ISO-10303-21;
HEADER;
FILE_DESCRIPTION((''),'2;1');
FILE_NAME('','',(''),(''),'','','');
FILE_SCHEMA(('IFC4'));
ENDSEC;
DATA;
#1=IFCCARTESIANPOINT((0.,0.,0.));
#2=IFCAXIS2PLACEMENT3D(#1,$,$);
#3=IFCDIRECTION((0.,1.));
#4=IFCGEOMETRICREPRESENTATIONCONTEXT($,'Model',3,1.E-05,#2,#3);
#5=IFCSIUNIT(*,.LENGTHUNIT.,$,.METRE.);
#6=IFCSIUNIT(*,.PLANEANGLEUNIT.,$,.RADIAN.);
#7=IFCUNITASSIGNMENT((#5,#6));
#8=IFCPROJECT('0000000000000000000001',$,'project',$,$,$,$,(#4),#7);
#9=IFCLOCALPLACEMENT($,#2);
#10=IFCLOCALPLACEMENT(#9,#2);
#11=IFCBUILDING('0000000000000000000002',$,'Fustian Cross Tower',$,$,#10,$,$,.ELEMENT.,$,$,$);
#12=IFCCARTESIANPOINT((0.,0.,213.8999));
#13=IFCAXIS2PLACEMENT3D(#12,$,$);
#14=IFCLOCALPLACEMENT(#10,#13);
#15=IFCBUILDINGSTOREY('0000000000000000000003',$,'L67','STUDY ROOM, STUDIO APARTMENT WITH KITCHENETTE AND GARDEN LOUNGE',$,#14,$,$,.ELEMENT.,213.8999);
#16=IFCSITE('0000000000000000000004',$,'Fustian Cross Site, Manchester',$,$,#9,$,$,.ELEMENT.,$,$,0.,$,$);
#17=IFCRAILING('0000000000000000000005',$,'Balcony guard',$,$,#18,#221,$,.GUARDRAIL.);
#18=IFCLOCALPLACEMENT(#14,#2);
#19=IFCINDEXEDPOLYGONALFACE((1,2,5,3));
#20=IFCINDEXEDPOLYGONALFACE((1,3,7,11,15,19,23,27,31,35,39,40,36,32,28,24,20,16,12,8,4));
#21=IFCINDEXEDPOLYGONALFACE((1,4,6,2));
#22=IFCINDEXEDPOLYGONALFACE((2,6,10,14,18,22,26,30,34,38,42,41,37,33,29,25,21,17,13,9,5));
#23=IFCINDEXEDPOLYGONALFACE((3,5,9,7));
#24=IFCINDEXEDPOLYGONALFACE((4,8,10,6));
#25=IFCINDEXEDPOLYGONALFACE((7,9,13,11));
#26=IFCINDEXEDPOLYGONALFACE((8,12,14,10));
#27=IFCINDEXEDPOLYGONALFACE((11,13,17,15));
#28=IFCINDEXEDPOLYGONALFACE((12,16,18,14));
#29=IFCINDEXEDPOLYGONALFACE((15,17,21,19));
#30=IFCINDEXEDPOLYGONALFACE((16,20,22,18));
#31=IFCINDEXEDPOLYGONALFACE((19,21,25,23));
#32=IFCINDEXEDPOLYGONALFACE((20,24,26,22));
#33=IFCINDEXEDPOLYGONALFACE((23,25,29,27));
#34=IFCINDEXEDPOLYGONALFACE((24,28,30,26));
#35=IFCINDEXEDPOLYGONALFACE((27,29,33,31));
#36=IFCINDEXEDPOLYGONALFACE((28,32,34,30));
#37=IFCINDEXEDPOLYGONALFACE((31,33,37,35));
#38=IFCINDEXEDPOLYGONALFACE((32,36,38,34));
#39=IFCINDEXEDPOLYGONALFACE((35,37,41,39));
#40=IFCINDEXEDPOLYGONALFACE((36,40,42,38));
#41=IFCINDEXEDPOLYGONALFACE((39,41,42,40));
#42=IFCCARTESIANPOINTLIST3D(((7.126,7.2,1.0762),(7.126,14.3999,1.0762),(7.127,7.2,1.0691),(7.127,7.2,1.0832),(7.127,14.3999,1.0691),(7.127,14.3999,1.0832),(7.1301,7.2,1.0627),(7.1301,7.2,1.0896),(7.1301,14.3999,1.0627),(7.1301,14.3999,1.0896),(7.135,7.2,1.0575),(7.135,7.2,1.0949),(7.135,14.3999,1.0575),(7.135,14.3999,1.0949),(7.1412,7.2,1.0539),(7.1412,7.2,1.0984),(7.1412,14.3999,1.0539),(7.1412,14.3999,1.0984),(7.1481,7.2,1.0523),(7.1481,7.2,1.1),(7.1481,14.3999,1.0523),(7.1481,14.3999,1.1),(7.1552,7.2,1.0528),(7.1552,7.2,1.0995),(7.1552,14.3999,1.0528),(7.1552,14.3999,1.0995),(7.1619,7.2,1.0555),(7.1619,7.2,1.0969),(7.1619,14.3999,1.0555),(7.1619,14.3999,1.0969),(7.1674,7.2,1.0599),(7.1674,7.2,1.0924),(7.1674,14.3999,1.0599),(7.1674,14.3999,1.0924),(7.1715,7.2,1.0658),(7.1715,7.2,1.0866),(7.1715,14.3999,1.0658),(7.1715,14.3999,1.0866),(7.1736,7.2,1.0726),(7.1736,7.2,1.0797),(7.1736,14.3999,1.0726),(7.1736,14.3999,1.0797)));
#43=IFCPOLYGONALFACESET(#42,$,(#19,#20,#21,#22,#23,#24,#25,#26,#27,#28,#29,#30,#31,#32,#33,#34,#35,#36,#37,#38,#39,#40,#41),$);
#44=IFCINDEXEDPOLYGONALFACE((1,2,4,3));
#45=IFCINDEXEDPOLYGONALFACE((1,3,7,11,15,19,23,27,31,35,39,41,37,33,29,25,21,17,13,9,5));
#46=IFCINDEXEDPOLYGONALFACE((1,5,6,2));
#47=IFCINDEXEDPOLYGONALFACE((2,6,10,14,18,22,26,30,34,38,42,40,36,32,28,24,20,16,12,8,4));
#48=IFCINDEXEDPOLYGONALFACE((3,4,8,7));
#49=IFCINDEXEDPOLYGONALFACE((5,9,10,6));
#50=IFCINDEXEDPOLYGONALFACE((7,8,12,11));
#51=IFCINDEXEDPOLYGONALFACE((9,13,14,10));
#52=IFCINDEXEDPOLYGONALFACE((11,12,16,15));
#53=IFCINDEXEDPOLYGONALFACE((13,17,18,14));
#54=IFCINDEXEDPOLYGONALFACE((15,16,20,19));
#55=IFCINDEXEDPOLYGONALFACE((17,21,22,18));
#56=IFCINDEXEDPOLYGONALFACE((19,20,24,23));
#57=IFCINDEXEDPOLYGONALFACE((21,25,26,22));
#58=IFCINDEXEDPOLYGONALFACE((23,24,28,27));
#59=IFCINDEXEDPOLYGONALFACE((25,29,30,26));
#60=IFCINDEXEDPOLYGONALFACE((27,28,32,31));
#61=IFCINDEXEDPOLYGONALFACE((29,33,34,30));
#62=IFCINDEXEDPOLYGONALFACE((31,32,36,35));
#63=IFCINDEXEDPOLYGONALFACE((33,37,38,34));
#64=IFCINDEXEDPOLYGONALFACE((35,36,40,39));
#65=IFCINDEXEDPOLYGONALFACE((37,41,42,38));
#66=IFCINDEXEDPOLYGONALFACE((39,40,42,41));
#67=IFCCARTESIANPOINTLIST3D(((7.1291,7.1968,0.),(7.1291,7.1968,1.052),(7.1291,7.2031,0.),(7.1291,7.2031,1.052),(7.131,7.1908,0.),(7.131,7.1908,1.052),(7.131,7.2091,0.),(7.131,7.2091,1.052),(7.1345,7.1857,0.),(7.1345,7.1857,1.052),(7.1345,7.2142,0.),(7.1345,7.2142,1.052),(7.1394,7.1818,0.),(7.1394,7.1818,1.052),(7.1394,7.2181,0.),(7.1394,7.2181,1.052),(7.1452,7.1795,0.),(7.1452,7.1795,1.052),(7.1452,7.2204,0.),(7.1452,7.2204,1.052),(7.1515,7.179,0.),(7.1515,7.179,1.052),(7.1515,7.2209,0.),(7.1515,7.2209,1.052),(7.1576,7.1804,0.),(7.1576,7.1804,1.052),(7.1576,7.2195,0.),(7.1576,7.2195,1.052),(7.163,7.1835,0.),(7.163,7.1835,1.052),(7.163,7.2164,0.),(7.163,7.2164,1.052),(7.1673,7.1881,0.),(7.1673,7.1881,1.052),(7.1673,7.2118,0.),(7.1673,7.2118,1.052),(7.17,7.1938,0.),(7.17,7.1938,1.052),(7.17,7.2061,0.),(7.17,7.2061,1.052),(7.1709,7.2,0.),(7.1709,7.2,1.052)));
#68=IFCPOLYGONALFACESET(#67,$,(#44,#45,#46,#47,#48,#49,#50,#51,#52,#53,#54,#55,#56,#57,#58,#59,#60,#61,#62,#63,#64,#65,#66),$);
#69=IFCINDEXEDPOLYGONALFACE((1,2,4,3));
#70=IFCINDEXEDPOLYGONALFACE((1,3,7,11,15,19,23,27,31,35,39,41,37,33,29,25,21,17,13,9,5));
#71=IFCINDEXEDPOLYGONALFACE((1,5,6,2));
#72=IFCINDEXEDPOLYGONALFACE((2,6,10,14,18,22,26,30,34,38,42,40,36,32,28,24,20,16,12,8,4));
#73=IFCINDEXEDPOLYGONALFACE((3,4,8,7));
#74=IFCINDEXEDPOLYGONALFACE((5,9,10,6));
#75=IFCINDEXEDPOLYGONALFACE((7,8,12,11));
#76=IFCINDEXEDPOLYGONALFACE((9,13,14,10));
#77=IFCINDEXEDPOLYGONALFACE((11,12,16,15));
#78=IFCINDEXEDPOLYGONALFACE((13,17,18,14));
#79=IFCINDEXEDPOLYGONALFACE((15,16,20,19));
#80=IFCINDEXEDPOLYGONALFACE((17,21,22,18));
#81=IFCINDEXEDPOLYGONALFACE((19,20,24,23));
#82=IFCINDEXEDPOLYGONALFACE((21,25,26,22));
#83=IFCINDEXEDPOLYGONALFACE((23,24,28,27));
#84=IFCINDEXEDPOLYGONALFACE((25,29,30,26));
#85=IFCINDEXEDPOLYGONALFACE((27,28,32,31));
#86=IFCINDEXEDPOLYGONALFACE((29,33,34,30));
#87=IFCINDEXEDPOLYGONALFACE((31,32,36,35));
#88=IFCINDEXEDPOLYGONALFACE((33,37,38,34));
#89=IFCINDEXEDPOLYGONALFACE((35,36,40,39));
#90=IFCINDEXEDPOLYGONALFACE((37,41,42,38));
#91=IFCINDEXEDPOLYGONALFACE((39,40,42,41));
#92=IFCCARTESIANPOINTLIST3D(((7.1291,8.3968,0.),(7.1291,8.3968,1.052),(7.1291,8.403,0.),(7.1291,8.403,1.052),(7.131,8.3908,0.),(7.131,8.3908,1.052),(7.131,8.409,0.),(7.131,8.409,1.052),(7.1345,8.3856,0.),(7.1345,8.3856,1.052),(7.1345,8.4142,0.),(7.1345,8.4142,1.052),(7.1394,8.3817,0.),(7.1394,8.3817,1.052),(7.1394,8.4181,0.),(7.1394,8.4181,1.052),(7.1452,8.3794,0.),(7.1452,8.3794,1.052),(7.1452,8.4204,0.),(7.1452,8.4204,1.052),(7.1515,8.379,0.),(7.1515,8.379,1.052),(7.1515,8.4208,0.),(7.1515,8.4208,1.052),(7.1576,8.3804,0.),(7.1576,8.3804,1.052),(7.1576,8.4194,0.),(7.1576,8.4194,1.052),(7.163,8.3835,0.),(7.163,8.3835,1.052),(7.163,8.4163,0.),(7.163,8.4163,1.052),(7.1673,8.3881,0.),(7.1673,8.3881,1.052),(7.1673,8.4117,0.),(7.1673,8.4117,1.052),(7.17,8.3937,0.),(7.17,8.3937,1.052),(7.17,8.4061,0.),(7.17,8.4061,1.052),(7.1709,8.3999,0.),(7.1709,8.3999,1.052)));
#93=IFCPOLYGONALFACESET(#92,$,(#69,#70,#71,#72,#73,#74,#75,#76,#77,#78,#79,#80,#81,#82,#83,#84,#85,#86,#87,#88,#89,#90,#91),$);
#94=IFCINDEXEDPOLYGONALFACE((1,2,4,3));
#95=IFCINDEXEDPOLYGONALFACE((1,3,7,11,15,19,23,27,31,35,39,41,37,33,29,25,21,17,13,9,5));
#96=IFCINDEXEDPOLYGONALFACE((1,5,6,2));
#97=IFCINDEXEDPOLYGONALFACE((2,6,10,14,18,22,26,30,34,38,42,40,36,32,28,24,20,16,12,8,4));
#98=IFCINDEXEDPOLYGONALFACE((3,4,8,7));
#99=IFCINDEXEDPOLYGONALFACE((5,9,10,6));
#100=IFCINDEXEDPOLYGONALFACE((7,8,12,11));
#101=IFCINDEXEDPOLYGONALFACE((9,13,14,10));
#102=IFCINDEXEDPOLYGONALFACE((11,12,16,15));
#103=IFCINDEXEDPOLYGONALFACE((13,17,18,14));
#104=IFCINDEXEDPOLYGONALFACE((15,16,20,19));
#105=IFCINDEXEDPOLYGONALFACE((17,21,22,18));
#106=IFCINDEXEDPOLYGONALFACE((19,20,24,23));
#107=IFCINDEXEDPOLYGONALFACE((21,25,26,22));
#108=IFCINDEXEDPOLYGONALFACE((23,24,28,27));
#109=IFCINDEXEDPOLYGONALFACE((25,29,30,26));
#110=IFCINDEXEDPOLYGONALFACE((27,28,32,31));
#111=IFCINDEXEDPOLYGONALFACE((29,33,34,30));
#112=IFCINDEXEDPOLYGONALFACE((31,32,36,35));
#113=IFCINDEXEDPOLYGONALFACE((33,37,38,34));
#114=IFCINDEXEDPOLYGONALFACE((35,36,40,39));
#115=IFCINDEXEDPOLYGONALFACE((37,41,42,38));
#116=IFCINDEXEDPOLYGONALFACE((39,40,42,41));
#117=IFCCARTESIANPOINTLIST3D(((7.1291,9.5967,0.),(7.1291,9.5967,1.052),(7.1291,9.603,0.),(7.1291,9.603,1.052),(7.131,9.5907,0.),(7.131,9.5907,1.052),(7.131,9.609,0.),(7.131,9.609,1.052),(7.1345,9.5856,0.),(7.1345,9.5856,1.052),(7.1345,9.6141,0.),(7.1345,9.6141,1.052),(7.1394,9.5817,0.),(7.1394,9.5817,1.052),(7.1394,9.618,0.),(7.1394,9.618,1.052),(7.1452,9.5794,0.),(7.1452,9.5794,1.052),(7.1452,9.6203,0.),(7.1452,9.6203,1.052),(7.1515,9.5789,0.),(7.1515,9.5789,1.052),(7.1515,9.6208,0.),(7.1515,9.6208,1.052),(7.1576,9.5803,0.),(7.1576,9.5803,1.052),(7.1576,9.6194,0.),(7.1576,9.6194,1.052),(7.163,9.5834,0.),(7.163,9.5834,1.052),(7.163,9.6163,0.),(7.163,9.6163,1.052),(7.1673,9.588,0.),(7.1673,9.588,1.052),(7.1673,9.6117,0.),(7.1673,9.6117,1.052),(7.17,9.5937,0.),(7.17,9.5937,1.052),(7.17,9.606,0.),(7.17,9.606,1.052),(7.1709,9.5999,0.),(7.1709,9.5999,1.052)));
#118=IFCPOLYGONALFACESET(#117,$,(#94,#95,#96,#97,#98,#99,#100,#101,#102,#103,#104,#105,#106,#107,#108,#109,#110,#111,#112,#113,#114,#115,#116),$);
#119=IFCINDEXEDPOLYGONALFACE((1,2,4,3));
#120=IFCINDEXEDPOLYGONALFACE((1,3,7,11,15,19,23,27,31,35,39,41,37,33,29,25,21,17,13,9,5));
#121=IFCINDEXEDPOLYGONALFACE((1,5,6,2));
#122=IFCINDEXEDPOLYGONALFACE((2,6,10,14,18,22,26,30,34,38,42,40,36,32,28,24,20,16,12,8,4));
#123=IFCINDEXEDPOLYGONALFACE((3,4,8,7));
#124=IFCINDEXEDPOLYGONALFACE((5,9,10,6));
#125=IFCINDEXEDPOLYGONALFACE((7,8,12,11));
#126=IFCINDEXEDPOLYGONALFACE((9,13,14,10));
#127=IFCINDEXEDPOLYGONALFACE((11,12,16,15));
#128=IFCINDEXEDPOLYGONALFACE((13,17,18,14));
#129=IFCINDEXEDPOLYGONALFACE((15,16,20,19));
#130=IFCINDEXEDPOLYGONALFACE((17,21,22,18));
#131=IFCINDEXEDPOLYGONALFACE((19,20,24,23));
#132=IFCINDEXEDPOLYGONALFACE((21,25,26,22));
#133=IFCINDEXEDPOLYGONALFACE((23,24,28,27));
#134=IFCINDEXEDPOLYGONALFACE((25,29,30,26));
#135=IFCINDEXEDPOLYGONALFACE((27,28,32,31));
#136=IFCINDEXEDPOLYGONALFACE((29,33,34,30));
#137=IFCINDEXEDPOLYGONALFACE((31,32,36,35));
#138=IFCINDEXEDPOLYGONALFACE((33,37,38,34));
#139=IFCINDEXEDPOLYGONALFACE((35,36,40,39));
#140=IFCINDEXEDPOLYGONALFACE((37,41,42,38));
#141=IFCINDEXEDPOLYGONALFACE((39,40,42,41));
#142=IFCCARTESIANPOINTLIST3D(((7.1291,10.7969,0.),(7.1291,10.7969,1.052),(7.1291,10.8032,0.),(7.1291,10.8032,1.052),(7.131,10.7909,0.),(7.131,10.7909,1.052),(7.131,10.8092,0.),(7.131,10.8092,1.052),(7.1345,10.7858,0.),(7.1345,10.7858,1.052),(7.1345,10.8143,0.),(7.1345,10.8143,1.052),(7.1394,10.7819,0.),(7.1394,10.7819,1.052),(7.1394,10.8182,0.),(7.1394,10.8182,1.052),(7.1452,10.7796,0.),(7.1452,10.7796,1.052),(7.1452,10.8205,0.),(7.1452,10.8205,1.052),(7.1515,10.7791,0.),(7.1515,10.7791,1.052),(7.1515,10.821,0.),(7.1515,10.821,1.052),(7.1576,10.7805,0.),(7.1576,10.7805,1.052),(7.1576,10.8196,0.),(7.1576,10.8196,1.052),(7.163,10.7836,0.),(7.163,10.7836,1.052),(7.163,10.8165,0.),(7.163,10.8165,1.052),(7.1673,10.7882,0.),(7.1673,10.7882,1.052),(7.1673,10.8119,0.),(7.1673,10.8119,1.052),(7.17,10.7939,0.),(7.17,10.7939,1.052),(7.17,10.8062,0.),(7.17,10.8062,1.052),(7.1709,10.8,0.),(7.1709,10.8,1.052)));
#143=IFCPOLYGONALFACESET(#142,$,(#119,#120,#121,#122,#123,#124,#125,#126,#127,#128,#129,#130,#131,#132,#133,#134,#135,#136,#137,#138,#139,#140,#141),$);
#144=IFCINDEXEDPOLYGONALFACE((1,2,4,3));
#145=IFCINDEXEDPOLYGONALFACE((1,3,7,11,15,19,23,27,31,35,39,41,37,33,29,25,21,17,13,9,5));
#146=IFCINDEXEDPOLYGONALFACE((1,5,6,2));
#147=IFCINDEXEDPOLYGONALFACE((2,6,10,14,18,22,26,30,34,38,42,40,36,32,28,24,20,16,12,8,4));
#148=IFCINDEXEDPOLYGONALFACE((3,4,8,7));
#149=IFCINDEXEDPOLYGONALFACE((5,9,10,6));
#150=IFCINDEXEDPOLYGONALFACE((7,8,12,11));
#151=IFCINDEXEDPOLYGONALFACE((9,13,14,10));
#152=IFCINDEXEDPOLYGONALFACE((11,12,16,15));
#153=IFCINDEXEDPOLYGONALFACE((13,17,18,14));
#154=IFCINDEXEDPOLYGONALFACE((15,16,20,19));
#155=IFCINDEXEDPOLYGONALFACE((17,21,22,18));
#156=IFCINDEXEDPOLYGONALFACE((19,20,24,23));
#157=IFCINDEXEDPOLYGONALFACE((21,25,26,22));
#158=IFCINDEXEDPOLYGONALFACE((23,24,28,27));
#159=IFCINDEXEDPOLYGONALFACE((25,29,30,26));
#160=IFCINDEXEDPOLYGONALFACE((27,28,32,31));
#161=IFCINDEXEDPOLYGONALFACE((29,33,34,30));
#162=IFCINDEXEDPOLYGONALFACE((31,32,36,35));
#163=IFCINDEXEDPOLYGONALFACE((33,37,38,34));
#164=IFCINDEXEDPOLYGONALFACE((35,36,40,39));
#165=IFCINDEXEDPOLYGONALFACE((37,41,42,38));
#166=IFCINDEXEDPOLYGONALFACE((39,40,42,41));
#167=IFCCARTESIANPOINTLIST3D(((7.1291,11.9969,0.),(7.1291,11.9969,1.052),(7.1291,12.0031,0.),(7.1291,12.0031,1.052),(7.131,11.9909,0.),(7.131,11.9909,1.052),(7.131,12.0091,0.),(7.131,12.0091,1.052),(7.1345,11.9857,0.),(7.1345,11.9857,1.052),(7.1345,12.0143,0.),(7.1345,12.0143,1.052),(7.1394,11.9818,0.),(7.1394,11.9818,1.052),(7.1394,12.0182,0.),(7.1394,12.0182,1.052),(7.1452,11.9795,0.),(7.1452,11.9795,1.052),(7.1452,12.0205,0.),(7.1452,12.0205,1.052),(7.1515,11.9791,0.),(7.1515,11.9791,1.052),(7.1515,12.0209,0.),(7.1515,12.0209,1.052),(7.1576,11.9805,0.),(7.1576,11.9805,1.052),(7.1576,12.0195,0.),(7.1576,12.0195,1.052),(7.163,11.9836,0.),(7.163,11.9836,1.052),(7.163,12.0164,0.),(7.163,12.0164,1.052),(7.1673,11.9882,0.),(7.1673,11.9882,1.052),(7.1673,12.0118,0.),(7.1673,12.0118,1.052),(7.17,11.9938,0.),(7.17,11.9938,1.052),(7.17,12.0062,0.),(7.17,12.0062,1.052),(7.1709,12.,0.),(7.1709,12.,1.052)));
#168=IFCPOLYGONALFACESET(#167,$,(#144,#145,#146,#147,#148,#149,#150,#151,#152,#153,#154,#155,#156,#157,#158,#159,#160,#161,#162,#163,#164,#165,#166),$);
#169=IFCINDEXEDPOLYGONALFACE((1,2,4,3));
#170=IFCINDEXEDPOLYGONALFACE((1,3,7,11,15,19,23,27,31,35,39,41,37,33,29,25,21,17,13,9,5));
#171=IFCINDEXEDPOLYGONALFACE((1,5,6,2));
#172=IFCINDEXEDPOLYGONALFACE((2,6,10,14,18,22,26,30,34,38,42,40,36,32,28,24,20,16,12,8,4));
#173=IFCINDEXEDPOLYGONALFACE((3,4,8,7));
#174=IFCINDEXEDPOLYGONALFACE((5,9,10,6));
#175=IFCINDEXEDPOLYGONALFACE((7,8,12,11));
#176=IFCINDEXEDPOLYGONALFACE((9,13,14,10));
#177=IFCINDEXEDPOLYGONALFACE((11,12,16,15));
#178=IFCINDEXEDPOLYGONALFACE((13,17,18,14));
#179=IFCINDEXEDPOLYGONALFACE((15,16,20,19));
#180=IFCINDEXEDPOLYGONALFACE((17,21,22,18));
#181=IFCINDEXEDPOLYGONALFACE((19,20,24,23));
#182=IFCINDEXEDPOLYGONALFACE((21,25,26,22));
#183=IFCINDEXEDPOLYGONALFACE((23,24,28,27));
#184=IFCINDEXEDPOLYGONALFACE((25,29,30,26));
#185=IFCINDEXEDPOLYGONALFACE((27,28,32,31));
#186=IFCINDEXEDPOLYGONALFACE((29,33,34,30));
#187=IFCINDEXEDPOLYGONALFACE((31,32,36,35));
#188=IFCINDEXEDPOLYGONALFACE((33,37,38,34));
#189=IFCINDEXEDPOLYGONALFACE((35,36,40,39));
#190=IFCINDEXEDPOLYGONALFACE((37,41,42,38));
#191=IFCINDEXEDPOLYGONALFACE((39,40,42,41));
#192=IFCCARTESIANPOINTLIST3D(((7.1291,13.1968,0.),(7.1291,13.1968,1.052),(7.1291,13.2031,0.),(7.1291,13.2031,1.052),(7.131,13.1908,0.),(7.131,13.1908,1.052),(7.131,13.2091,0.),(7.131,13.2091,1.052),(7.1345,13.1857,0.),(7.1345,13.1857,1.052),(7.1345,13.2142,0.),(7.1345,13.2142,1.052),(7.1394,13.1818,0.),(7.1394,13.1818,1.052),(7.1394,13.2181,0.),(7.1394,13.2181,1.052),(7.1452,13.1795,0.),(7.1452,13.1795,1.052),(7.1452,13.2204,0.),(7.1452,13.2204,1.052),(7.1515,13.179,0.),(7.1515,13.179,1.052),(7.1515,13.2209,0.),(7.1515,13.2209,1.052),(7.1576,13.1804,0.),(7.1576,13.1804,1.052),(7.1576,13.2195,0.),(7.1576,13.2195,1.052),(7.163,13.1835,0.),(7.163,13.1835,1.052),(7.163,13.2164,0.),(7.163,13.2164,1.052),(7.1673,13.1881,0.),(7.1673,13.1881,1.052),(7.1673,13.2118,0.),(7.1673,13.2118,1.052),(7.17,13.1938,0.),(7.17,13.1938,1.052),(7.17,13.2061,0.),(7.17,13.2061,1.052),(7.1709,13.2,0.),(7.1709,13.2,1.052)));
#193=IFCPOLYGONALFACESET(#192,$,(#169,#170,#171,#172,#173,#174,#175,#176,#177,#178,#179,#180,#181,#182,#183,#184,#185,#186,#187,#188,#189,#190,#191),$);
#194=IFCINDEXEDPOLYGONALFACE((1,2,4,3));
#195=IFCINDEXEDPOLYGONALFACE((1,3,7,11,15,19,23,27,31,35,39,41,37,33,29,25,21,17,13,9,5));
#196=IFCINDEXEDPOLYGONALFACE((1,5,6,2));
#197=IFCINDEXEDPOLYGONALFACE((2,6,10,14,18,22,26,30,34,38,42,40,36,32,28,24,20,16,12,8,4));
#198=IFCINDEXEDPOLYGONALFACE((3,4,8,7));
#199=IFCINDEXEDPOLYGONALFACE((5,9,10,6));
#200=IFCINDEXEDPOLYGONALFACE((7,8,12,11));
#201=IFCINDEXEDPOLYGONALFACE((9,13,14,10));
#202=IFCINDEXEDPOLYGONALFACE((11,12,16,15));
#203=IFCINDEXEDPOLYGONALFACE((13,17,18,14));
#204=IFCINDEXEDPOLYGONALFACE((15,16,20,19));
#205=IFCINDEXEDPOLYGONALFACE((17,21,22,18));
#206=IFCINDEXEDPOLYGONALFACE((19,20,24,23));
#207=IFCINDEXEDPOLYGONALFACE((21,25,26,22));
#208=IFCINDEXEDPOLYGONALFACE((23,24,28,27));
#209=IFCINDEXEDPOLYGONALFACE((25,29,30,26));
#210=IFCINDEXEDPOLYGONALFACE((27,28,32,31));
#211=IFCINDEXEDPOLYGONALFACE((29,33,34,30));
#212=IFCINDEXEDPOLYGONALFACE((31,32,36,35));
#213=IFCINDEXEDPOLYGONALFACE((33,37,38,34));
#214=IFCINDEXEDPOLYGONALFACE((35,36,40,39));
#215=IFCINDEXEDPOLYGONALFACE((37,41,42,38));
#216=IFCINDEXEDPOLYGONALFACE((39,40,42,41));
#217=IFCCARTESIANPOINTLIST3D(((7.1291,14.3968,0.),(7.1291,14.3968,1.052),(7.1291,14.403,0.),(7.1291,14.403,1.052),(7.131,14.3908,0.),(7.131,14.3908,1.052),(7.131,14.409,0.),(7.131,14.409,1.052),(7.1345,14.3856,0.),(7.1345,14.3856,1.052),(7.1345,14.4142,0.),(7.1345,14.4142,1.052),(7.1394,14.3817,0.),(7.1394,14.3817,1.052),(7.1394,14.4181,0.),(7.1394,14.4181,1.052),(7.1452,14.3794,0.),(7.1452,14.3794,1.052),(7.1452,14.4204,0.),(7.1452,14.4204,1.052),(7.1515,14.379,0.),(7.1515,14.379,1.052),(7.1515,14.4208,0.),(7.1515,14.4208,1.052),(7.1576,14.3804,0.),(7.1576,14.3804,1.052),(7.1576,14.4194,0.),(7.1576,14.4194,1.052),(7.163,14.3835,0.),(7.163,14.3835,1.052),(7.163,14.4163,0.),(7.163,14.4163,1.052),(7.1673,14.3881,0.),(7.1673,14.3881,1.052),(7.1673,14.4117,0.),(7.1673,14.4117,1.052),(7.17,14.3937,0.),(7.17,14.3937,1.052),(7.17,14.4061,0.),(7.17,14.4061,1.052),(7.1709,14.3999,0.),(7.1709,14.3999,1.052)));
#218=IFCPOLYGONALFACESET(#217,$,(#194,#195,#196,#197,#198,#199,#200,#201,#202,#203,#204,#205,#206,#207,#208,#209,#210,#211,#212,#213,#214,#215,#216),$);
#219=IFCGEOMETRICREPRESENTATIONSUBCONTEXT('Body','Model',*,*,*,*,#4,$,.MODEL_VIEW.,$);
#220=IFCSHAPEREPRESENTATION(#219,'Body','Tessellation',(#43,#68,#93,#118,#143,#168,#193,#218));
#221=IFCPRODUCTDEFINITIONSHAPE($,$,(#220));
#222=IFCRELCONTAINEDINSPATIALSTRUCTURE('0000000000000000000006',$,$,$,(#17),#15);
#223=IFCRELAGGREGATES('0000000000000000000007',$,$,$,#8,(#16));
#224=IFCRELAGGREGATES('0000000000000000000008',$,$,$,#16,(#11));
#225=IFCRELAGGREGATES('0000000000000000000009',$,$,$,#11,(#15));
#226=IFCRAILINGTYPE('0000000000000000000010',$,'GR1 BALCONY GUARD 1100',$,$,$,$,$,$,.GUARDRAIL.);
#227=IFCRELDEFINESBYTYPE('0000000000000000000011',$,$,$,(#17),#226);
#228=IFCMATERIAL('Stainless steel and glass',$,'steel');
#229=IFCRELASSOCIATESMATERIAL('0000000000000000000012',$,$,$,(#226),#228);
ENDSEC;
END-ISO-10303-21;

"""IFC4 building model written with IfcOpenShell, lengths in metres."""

from ifc_helpers import new_model, si_unit, direction, frame, origin, origin_2d, place, context, subcontext, project, spatial, circle, extrude, material, type_object, element, save


model = new_model("IFC4")

# Units and contexts
model_context = context("Model", 3, precision=1e-05, world=origin(), true_north=direction((0.0, 1.0)))
body_context = subcontext(model_context, "Body", "Model", "MODEL_VIEW")
ifc_project = project(units=[si_unit("LENGTHUNIT", "METRE"), si_unit("PLANEANGLEUNIT", "RADIAN")], contexts=[model_context])

# Site, building, storey
site_placement = place(None, origin())
site = spatial("IfcSite", under=ifc_project, at=site_placement, Name="Fustian Cross Site, Manchester", CompositionType="ELEMENT", RefElevation=0.0)
building_placement = place(site_placement, origin())
building = spatial("IfcBuilding", under=site, at=building_placement, Name="Fustian Cross Tower", CompositionType="ELEMENT")
storey_placement = place(building_placement, frame((0.0, 0.0, 213.8999)))
storey = spatial("IfcBuildingStorey", under=building, at=storey_placement, Name="L67", Description="STUDY ROOM, STUDIO APARTMENT WITH KITCHENETTE AND GARDEN LOUNGE", CompositionType="ELEMENT", Elevation=213.8999)

# Railing
ifc_material_1 = material(Name="Stainless steel and glass", Category="steel")
railing_type = type_object("IfcRailingType", Name="GR1 BALCONY GUARD 1100", PredefinedType="GUARDRAIL", material=ifc_material_1)
railing_placement = place(storey_placement, frame((7.1499, 7.2, 0.0)))
element("IfcRailing", 1, at=railing_placement, inside=storey, type_object=railing_type, Name="Balcony guard", PredefinedType="GUARDRAIL", context=body_context, shape_type="SweptSolid", body=[
    extrude(circle(Radius=0.0239, at=origin_2d()), frame((0.0, 0.0, 1.0762), z_axis=(0.0, 1.0, 0.0), x_axis=(-1.0, 0.0, 0.0)), (0.0, 0.0, 1.0), 7.2),
    extrude(circle(Radius=0.021, at=origin_2d()), origin(), (0.0, 0.0, 1.0), 1.052),
    extrude(circle(Radius=0.021, at=origin_2d()), frame((0.0, 1.2, 0.0)), (0.0, 0.0, 1.0), 1.052),
    extrude(circle(Radius=0.021, at=origin_2d()), frame((0.0, 2.3999, 0.0)), (0.0, 0.0, 1.0), 1.052),
    extrude(circle(Radius=0.021, at=origin_2d()), frame((0.0, 3.6001, 0.0)), (0.0, 0.0, 1.0), 1.052),
    extrude(circle(Radius=0.021, at=origin_2d()), frame((0.0, 4.8, 0.0)), (0.0, 0.0, 1.0), 1.052),
    extrude(circle(Radius=0.021, at=origin_2d()), frame((0.0, 6.0, 0.0)), (0.0, 0.0, 1.0), 1.052),
    extrude(circle(Radius=0.021, at=origin_2d()), frame((0.0, 7.2, 0.0)), (0.0, 0.0, 1.0), 1.052),
])

save(model, "model.ifc")
